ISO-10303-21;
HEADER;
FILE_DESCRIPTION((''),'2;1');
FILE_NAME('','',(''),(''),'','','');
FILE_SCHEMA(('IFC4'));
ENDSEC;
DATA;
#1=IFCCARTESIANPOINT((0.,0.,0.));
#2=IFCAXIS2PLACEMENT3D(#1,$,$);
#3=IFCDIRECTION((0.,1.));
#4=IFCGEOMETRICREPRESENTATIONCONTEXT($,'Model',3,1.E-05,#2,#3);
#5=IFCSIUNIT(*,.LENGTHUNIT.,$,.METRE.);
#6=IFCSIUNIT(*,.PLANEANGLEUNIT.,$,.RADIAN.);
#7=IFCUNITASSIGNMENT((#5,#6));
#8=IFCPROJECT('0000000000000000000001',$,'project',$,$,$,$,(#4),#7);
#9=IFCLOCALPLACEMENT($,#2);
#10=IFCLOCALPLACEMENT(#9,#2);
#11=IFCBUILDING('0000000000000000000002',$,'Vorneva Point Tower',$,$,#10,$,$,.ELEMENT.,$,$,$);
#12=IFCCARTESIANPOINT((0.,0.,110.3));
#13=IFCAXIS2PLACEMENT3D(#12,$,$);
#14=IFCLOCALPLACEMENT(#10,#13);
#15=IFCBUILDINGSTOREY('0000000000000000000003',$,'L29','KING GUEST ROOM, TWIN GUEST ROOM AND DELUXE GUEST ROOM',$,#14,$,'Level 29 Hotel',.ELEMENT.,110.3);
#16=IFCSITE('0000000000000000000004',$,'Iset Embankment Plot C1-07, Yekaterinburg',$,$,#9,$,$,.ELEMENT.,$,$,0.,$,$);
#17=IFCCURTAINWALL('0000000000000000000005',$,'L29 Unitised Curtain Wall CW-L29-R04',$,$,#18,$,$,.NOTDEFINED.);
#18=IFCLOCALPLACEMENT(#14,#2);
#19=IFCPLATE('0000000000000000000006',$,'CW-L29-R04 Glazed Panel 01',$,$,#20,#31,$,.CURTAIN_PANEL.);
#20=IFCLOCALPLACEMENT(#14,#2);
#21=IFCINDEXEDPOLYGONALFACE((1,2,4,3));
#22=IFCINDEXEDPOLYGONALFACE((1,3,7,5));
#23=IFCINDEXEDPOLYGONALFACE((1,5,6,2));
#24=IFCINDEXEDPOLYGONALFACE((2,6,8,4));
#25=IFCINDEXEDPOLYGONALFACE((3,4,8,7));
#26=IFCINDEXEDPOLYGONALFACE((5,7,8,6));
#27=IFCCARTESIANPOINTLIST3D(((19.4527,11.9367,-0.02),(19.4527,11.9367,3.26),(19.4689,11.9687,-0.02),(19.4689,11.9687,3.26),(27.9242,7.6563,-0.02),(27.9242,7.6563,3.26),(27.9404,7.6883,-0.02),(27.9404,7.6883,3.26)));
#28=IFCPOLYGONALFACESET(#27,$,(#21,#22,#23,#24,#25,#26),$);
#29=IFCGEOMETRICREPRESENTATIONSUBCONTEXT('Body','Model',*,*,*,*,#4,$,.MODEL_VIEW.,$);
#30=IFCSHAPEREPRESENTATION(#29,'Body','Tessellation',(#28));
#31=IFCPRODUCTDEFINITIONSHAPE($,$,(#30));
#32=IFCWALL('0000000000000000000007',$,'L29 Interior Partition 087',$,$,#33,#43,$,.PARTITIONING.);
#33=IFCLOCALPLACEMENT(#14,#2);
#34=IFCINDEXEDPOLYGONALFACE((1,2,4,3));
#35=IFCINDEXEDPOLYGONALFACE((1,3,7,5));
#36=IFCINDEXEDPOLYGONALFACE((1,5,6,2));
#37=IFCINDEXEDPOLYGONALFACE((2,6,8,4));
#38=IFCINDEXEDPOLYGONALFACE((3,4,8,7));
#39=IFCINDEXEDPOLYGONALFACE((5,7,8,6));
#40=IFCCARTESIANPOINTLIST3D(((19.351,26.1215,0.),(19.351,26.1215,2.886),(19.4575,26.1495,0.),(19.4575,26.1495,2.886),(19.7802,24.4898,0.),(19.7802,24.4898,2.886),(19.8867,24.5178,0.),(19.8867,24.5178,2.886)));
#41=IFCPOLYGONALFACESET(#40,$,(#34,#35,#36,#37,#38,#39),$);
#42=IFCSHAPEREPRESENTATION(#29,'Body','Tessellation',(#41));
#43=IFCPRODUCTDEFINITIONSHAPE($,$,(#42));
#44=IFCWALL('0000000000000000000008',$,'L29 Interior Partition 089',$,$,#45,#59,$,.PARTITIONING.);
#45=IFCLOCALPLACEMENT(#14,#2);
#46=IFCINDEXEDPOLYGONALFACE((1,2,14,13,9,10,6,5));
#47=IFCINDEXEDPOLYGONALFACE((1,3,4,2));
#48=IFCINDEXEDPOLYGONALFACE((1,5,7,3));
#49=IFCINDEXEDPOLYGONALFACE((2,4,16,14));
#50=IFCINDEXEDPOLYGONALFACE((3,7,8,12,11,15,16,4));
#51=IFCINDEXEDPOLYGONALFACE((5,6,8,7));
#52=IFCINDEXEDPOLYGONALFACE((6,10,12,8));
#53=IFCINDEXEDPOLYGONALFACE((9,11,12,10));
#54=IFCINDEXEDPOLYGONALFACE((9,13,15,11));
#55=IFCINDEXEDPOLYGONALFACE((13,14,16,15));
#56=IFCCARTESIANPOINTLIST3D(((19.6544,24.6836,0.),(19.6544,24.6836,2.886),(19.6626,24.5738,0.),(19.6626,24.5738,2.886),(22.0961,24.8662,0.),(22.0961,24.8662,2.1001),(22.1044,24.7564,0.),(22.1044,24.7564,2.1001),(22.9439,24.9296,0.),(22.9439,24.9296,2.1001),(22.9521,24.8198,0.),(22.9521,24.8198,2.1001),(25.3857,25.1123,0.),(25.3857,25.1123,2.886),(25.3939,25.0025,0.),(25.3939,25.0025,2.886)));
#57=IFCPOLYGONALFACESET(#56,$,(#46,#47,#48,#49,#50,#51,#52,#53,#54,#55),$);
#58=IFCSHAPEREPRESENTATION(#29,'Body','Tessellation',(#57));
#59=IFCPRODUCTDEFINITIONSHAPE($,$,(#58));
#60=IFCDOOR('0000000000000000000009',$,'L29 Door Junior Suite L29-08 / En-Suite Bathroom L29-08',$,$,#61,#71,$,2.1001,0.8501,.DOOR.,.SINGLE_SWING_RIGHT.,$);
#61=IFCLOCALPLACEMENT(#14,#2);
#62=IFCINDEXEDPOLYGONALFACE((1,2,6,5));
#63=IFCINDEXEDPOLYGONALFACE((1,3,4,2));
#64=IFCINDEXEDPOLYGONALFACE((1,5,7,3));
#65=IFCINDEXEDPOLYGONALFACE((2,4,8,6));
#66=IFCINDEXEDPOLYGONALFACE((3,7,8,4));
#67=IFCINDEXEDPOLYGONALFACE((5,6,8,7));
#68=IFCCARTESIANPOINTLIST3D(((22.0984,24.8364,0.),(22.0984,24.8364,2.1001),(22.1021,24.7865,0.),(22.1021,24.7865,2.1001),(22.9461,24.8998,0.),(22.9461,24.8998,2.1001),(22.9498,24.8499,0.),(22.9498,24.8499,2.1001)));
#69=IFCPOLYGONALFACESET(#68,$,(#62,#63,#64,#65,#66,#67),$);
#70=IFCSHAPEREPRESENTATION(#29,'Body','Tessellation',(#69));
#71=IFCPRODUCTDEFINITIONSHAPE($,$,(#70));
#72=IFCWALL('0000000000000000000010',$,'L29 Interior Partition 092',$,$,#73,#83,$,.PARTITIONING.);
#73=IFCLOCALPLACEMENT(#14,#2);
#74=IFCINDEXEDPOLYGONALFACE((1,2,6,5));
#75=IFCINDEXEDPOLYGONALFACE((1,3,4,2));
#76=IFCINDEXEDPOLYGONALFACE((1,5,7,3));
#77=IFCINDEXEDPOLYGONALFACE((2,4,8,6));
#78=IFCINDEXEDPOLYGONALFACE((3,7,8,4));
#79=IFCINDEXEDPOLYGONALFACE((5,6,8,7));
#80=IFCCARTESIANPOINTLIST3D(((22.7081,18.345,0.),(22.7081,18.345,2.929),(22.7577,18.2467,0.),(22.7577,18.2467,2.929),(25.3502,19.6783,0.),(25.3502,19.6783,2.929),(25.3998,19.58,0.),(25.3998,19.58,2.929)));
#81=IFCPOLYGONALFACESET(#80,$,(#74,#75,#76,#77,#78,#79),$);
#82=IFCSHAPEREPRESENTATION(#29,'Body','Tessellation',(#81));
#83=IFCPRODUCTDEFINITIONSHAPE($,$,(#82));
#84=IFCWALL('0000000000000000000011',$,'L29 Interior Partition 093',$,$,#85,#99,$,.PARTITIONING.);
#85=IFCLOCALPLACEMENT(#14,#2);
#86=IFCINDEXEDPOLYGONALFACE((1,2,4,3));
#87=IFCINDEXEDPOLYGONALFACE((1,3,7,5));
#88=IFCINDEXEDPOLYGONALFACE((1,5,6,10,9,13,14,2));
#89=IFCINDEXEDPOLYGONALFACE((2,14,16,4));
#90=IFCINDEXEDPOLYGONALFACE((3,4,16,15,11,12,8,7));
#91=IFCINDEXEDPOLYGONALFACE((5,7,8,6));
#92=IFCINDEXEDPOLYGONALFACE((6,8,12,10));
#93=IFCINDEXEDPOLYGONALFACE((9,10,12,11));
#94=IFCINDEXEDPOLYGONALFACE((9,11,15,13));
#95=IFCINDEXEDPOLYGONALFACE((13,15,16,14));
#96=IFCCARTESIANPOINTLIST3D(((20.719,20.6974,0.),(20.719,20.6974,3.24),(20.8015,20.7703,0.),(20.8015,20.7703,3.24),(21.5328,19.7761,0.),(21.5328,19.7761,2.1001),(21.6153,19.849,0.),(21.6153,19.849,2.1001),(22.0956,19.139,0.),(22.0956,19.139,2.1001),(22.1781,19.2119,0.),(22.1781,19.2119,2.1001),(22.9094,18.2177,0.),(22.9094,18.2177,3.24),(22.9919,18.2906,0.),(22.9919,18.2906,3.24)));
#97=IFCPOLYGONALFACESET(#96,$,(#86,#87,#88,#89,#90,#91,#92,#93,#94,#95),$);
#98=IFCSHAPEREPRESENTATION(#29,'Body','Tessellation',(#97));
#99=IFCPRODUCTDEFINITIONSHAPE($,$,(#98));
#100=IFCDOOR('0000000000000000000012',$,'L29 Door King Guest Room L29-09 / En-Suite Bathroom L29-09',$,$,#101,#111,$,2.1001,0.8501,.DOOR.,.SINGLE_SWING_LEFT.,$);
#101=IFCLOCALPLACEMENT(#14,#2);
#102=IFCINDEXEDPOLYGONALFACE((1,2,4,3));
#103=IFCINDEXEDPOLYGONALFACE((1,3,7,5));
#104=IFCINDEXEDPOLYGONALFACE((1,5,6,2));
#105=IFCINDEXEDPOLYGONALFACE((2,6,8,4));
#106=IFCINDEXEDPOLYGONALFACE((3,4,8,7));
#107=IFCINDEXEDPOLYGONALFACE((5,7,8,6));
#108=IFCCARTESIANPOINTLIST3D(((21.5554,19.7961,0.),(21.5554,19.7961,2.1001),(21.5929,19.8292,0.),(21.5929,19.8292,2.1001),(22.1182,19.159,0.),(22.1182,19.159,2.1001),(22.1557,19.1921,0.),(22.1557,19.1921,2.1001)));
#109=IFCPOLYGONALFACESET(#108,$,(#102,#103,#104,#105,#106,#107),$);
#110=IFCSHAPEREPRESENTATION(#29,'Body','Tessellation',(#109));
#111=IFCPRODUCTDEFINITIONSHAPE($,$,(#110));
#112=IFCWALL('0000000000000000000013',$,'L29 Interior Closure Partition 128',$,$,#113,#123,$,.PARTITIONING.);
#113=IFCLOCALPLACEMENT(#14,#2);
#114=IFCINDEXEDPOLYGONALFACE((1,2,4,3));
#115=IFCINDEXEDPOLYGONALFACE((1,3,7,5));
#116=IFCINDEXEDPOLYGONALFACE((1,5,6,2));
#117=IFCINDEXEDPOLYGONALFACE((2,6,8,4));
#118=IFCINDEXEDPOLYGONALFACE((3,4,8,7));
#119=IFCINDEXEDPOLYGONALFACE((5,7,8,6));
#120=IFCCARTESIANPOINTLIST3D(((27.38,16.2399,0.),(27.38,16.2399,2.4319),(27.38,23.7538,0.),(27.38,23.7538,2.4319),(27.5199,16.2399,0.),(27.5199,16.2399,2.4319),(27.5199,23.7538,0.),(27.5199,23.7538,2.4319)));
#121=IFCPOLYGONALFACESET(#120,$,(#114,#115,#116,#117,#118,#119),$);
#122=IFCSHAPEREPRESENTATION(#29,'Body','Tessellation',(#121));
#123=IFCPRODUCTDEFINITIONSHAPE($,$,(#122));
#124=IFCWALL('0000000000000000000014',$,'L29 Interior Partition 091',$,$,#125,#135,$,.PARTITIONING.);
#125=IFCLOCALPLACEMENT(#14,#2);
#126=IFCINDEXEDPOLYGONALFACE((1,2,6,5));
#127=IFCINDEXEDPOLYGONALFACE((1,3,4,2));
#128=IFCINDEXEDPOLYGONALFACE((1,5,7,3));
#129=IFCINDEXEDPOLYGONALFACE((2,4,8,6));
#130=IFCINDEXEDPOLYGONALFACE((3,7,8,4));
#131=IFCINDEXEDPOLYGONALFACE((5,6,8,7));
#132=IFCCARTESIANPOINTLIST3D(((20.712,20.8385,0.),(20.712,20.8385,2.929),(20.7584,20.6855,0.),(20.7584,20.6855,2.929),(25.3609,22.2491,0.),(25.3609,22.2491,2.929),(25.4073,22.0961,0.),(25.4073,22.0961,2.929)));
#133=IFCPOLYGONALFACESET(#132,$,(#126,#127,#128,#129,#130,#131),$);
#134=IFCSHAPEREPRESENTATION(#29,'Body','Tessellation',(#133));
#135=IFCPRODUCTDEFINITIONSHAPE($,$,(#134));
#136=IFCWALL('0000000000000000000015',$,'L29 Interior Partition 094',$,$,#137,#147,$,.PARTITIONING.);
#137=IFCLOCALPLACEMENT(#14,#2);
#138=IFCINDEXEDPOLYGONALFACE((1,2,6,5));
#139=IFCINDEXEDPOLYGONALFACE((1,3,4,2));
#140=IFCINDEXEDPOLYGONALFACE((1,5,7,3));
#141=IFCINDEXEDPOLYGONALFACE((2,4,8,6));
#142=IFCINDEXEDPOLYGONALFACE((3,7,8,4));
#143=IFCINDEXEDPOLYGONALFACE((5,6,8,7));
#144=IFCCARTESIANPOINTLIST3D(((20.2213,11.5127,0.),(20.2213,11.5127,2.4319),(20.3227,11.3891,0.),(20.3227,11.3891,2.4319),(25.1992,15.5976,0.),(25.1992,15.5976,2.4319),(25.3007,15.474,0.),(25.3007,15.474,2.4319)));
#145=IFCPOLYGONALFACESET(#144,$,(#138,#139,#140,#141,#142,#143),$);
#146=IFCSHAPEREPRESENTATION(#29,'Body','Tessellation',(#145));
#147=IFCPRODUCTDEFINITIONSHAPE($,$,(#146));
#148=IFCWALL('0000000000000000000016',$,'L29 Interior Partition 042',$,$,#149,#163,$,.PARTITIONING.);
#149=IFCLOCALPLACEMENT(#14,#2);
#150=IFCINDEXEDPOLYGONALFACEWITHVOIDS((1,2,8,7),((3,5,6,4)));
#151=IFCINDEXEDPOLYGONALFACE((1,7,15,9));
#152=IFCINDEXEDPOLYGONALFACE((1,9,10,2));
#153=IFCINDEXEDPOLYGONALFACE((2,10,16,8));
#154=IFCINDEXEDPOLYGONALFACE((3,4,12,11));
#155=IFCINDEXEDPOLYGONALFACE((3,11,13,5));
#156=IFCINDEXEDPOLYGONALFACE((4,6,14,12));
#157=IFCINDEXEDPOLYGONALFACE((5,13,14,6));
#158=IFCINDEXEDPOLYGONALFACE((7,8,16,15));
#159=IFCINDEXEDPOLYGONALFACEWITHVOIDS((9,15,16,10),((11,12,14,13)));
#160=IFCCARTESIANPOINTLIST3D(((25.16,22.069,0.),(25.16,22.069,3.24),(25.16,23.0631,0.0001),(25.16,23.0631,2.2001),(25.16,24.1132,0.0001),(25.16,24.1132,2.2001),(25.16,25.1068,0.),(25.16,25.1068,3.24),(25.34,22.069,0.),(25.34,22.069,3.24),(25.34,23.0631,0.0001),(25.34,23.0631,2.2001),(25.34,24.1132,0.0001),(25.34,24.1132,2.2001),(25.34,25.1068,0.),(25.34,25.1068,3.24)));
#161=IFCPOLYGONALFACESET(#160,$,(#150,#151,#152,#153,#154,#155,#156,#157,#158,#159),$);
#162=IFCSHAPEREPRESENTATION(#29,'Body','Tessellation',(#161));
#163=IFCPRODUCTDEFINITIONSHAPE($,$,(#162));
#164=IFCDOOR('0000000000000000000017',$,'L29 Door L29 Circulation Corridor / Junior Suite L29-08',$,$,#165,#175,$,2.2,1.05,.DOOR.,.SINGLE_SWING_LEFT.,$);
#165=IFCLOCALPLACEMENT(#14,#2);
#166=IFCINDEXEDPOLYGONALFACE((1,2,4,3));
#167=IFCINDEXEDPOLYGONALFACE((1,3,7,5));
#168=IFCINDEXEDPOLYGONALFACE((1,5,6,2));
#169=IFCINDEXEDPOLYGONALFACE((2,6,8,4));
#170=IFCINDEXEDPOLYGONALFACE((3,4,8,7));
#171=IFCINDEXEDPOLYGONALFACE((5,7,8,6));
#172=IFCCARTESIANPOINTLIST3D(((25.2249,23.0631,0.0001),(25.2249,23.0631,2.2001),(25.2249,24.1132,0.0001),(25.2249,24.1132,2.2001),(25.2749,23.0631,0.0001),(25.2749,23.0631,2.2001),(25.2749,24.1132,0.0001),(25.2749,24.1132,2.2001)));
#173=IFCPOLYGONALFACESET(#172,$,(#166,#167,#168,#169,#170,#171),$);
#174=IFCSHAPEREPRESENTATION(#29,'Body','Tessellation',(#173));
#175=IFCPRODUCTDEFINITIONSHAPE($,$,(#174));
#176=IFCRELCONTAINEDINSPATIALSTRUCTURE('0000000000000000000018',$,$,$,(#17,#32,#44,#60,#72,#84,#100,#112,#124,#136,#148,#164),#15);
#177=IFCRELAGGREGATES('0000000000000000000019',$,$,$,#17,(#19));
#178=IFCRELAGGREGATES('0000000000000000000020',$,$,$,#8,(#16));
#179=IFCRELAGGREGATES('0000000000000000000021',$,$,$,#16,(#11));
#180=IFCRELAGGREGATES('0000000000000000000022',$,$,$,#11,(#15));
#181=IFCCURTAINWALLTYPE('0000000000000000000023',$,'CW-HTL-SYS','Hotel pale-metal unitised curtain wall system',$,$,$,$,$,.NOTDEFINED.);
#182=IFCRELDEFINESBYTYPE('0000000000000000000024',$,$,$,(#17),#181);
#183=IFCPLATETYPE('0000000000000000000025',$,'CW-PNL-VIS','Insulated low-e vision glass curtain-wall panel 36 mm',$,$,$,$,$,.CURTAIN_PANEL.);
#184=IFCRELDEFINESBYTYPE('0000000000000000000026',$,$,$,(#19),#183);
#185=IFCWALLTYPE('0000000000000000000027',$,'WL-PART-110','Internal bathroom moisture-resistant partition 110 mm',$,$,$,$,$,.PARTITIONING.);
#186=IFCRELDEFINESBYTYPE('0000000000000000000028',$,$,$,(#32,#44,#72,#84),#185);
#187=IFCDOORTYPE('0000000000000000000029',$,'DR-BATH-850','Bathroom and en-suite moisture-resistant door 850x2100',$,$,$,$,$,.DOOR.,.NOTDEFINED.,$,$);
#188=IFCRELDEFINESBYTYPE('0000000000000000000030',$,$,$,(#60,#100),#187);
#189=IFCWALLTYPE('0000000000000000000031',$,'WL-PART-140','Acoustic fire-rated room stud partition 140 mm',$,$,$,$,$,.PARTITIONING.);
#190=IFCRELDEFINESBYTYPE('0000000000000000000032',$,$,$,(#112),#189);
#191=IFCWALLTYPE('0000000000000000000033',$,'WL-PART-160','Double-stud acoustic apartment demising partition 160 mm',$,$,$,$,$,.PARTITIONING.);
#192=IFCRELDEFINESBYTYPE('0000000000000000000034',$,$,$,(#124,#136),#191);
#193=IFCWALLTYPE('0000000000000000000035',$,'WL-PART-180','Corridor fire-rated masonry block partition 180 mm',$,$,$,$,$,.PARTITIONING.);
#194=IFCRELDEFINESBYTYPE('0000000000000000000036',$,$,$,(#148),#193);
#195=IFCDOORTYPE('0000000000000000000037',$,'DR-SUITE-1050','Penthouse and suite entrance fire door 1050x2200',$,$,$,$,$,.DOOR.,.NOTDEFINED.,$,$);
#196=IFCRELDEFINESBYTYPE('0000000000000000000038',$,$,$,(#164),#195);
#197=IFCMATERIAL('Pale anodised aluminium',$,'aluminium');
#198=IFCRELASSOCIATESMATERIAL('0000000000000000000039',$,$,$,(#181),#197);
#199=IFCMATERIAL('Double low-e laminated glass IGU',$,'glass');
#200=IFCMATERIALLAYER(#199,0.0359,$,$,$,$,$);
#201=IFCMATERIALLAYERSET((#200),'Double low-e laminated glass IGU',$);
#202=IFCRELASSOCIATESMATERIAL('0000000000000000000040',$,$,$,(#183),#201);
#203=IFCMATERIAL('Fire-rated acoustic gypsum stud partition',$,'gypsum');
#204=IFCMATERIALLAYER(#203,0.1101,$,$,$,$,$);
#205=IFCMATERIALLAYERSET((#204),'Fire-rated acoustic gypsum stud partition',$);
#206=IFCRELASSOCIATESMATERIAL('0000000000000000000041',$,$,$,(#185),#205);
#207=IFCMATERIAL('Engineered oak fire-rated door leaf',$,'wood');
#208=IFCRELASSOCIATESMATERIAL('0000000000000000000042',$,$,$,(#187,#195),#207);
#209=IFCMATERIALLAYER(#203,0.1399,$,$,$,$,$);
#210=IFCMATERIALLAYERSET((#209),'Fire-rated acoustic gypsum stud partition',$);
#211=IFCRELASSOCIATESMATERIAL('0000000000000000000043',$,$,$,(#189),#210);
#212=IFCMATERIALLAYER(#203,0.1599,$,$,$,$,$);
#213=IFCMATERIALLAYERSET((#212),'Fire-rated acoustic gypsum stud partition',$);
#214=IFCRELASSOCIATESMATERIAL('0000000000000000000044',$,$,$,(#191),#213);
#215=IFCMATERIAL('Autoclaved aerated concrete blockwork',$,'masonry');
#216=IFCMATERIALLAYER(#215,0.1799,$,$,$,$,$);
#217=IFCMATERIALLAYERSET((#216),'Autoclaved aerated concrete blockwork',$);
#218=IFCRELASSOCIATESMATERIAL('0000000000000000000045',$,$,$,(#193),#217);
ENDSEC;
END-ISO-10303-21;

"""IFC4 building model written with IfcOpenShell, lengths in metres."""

from ifc_helpers import new_model, si_unit, direction, frame, frame_2d, origin, origin_2d, place, context, subcontext, project, spatial, rectangle, extrude, material, layer, layer_set, type_object, element, fill, aggregate, save


model = new_model("IFC4")

# Units and contexts
model_context = context("Model", 3, precision=1e-05, world=origin(), true_north=direction((0.0, 1.0)))
body_context = subcontext(model_context, "Body", "Model", "MODEL_VIEW")
ifc_project = project(units=[si_unit("LENGTHUNIT", "METRE"), si_unit("PLANEANGLEUNIT", "RADIAN")], contexts=[model_context])

# Site, building, storey
site_placement = place(None, origin())
site = spatial("IfcSite", under=ifc_project, at=site_placement, Name="Iset Embankment Plot C1-07, Yekaterinburg", CompositionType="ELEMENT", RefElevation=0.0)
building_placement = place(site_placement, origin())
building = spatial("IfcBuilding", under=site, at=building_placement, Name="Vorneva Point Tower", CompositionType="ELEMENT")
storey_placement = place(building_placement, frame((0.0, 0.0, 110.3)))
storey = spatial("IfcBuildingStorey", under=building, at=storey_placement, Name="L29", Description="KING GUEST ROOM, TWIN GUEST ROOM AND DELUXE GUEST ROOM", LongName="Level 29 Hotel", CompositionType="ELEMENT", Elevation=110.3)

# Curtain wall, plate
ifc_material_1 = material(Name="Pale anodised aluminium", Category="aluminium")
curtain_wall_type = type_object("IfcCurtainWallType", Name="CW-HTL-SYS", Description="Hotel pale-metal unitised curtain wall system", PredefinedType="NOTDEFINED", material=ifc_material_1)
curtain_wall_placement = place(storey_placement, origin())
curtain_wall = element("IfcCurtainWall", 1, at=curtain_wall_placement, inside=storey, type_object=curtain_wall_type, Name="L29 Unitised Curtain Wall CW-L29-R04", PredefinedType="NOTDEFINED")
ifc_material_2 = material(Name="Double low-e laminated glass IGU", Category="glass")
ifc_layer_1 = layer(ifc_material_2, 0.0359)
ifc_layer_set_1 = layer_set([ifc_layer_1], Name="Double low-e laminated glass IGU")
plate_type = type_object("IfcPlateType", Name="CW-PNL-VIS", Description="Insulated low-e vision glass curtain-wall panel 36 mm", PredefinedType="CURTAIN_PANEL", material=ifc_layer_set_1)
plate_placement = place(storey_placement, frame((23.6965, 9.8125, -0.02), z_axis=(0.0, 0.0, 1.0), x_axis=(0.892539, -0.450971, 0.0)))
plate = element("IfcPlate", 2, at=plate_placement, type_object=plate_type, Name="CW-L29-R04 Glazed Panel 01", PredefinedType="CURTAIN_PANEL", context=body_context, shape_type="SweptSolid", body=[
    extrude(rectangle(XDim=9.4915, YDim=0.0359, at=origin_2d()), origin(), (0.0, 0.0, 1.0), 3.28),
])
aggregate(curtain_wall, [plate])

# Wall
ifc_material_3 = material(Name="Fire-rated acoustic gypsum stud partition", Category="gypsum")
ifc_layer_2 = layer(ifc_material_3, 0.1101)
ifc_layer_set_2 = layer_set([ifc_layer_2], Name="Fire-rated acoustic gypsum stud partition")
wall_type_1 = type_object("IfcWallType", Name="WL-PART-110", Description="Internal bathroom moisture-resistant partition 110 mm", PredefinedType="PARTITIONING", material=ifc_layer_set_2)
wall_1_placement = place(storey_placement, frame((19.8335, 24.5037, 0.0), z_axis=(0.0, 0.0, 1.0), x_axis=(-0.254365, 0.967108, 0.0)))
element("IfcWall", 3, at=wall_1_placement, inside=storey, type_object=wall_type_1, Name="L29 Interior Partition 087", PredefinedType="PARTITIONING", context=body_context, shape_type="SweptSolid", body=[
    extrude(rectangle(XDim=1.6873, YDim=0.1101, at=frame_2d((0.8438, 0.0))), origin(), (0.0, 0.0, 1.0), 2.886),
])

# Wall, opening, door
wall_2_placement = place(storey_placement, frame((25.3896, 25.0574, 0.0), z_axis=(0.0, 0.0, 1.0), x_axis=(-0.997214, -0.074595, 0.0)))
wall_2 = element("IfcWall", 4, at=wall_2_placement, inside=storey, type_object=wall_type_1, Name="L29 Interior Partition 089", PredefinedType="PARTITIONING", context=body_context, shape_type="SweptSolid", body=[
    extrude(rectangle(XDim=5.7473, YDim=0.1101, at=frame_2d((2.8735, 0.0))), origin(), (0.0, 0.0, 1.0), 2.886),
])
opening_1_placement = place(wall_2_placement, frame((2.4485, 0.0, 0.0)))
opening_1 = element("IfcOpeningElement", 5, at=opening_1_placement, cuts=wall_2, PredefinedType="OPENING", context=body_context, shape_type="SweptSolid", body=[
    extrude(rectangle(XDim=0.8501, YDim=2.1001, at=frame_2d((0.425, 1.05))), frame((0.0, 0.0698, 0.0), z_axis=(0.0, -1.0, 0.0), x_axis=(1.0, 0.0, 0.0)), (0.0, 0.0, 1.0), 0.1399),
])
ifc_material_4 = material(Name="Engineered oak fire-rated door leaf", Category="wood")
door_type_1 = type_object("IfcDoorType", Name="DR-BATH-850", Description="Bathroom and en-suite moisture-resistant door 850x2100", OperationType="NOTDEFINED", PredefinedType="DOOR", material=ifc_material_4)
door_1_placement = place(opening_1_placement, origin())
door_1 = element("IfcDoor", 6, at=door_1_placement, inside=storey, type_object=door_type_1, Name="L29 Door Junior Suite L29-08 / En-Suite Bathroom L29-08", OperationType="SINGLE_SWING_RIGHT", OverallHeight=2.1001, OverallWidth=0.8501, PredefinedType="DOOR", context=body_context, shape_type="SweptSolid", body=[
    extrude(rectangle(XDim=0.8501, YDim=2.1001, at=frame_2d((0.425, 1.05))), frame((0.0, 0.0249, 0.0), z_axis=(0.0, -1.0, 0.0), x_axis=(1.0, 0.0, 0.0)), (0.0, 0.0, 1.0), 0.05),
])
fill(opening_1, door_1)

# Wall
wall_3_placement = place(storey_placement, frame((25.375, 19.6292, 0.0), z_axis=(0.0, 0.0, 1.0), x_axis=(-0.892771, -0.45051, 0.0)))
element("IfcWall", 7, at=wall_3_placement, inside=storey, type_object=wall_type_1, Name="L29 Interior Partition 092", PredefinedType="PARTITIONING", context=body_context, shape_type="SweptSolid", body=[
    extrude(rectangle(XDim=2.9595, YDim=0.1101, at=frame_2d((1.4797, 0.0))), origin(), (0.0, 0.0, 1.0), 2.929),
])

# Wall, opening, door
wall_4_placement = place(storey_placement, frame((22.9507, 18.2542, 0.0), z_axis=(0.0, 0.0, 1.0), x_axis=(-0.662034, 0.749474, 0.0)))
wall_4 = element("IfcWall", 8, at=wall_4_placement, inside=storey, type_object=wall_type_1, Name="L29 Interior Partition 093", PredefinedType="PARTITIONING", context=body_context, shape_type="SweptSolid", body=[
    extrude(rectangle(XDim=3.3086, YDim=0.1101, at=frame_2d((1.6543, 0.0))), origin(), (0.0, 0.0, 1.0), 3.24),
])
opening_2_placement = place(wall_4_placement, frame((1.2292, 0.0, 0.0)))
opening_2 = element("IfcOpeningElement", 9, at=opening_2_placement, cuts=wall_4, PredefinedType="OPENING", context=body_context, shape_type="SweptSolid", body=[
    extrude(rectangle(XDim=0.8501, YDim=2.1001, at=frame_2d((0.425, 1.05))), frame((0.0, 0.0698, 0.0), z_axis=(0.0, -1.0, 0.0), x_axis=(1.0, 0.0, 0.0)), (0.0, 0.0, 1.0), 0.1399),
])
door_2_placement = place(opening_2_placement, origin())
door_2 = element("IfcDoor", 10, at=door_2_placement, inside=storey, type_object=door_type_1, Name="L29 Door King Guest Room L29-09 / En-Suite Bathroom L29-09", OperationType="SINGLE_SWING_LEFT", OverallHeight=2.1001, OverallWidth=0.8501, PredefinedType="DOOR", context=body_context, shape_type="SweptSolid", body=[
    extrude(rectangle(XDim=0.8501, YDim=2.1001, at=frame_2d((0.425, 1.05))), frame((0.0, 0.0249, 0.0), z_axis=(0.0, -1.0, 0.0), x_axis=(1.0, 0.0, 0.0)), (0.0, 0.0, 1.0), 0.05),
])
fill(opening_2, door_2)

# Walls
ifc_layer_3 = layer(ifc_material_3, 0.1399)
ifc_layer_set_3 = layer_set([ifc_layer_3], Name="Fire-rated acoustic gypsum stud partition")
wall_type_2 = type_object("IfcWallType", Name="WL-PART-140", Description="Acoustic fire-rated room stud partition 140 mm", PredefinedType="PARTITIONING", material=ifc_layer_set_3)
wall_5_placement = place(storey_placement, frame((27.45, 16.24, 0.0), z_axis=(0.0, 0.0, 1.0), x_axis=(0.0, 1.0, 0.0)))
element("IfcWall", 11, at=wall_5_placement, inside=storey, type_object=wall_type_2, Name="L29 Interior Closure Partition 128", PredefinedType="PARTITIONING", context=body_context, shape_type="SweptSolid", body=[
    extrude(rectangle(XDim=7.5139, YDim=0.1399, at=frame_2d((3.7568, 0.0))), origin(), (0.0, 0.0, 1.0), 2.4319),
])
ifc_layer_4 = layer(ifc_material_3, 0.1599)
ifc_layer_set_4 = layer_set([ifc_layer_4], Name="Fire-rated acoustic gypsum stud partition")
wall_type_3 = type_object("IfcWallType", Name="WL-PART-160", Description="Double-stud acoustic apartment demising partition 160 mm", PredefinedType="PARTITIONING", material=ifc_layer_set_4)
wall_6_placement = place(storey_placement, frame((20.7351, 20.762, 0.0), z_axis=(0.0, 0.0, 1.0), x_axis=(0.956917, 0.290362, 0.0)))
element("IfcWall", 12, at=wall_6_placement, inside=storey, type_object=wall_type_3, Name="L29 Interior Partition 091", PredefinedType="PARTITIONING", context=body_context, shape_type="SweptSolid", body=[
    extrude(rectangle(XDim=4.8582, YDim=0.1599, at=frame_2d((2.4292, 0.0))), origin(), (0.0, 0.0, 1.0), 2.929),
])
wall_7_placement = place(storey_placement, frame((20.272, 11.4509, 0.0), z_axis=(0.0, 0.0, 1.0), x_axis=(0.773041, 0.634356, 0.0)))
element("IfcWall", 13, at=wall_7_placement, inside=storey, type_object=wall_type_3, Name="L29 Interior Partition 094", PredefinedType="PARTITIONING", context=body_context, shape_type="SweptSolid", body=[
    extrude(rectangle(XDim=6.4395, YDim=0.1599, at=frame_2d((3.2197, 0.0))), origin(), (0.0, 0.0, 1.0), 2.4319),
])

# Wall, opening, door
ifc_material_5 = material(Name="Autoclaved aerated concrete blockwork", Category="masonry")
ifc_layer_5 = layer(ifc_material_5, 0.1799)
ifc_layer_set_5 = layer_set([ifc_layer_5], Name="Autoclaved aerated concrete blockwork")
wall_type_4 = type_object("IfcWallType", Name="WL-PART-180", Description="Corridor fire-rated masonry block partition 180 mm", PredefinedType="PARTITIONING", material=ifc_layer_set_5)
wall_8_placement = place(storey_placement, frame((25.25, 25.1069, 0.0), z_axis=(0.0, 0.0, 1.0), x_axis=(0.0, -1.0, 0.0)))
wall_8 = element("IfcWall", 14, at=wall_8_placement, inside=storey, type_object=wall_type_4, Name="L29 Interior Partition 042", PredefinedType="PARTITIONING", context=body_context, shape_type="SweptSolid", body=[
    extrude(rectangle(XDim=3.0378, YDim=0.1799, at=frame_2d((1.519, 0.0))), origin(), (0.0, 0.0, 1.0), 3.24),
])
opening_3_placement = place(wall_8_placement, frame((0.9939, 0.0, 0.0)))
opening_3 = element("IfcOpeningElement", 15, at=opening_3_placement, cuts=wall_8, PredefinedType="OPENING", context=body_context, shape_type="SweptSolid", body=[
    extrude(rectangle(XDim=1.05, YDim=2.2, at=frame_2d((0.5249, 1.1001))), frame((0.0, 0.105, 0.0), z_axis=(0.0, -1.0, 0.0), x_axis=(1.0, 0.0, 0.0)), (0.0, 0.0, 1.0), 0.2097),
])
door_type_2 = type_object("IfcDoorType", Name="DR-SUITE-1050", Description="Penthouse and suite entrance fire door 1050x2200", OperationType="NOTDEFINED", PredefinedType="DOOR", material=ifc_material_4)
door_3_placement = place(opening_3_placement, origin())
door_3 = element("IfcDoor", 16, at=door_3_placement, inside=storey, type_object=door_type_2, Name="L29 Door L29 Circulation Corridor / Junior Suite L29-08", OperationType="SINGLE_SWING_LEFT", OverallHeight=2.2, OverallWidth=1.05, PredefinedType="DOOR", context=body_context, shape_type="SweptSolid", body=[
    extrude(rectangle(XDim=1.05, YDim=2.2, at=frame_2d((0.5249, 1.1001))), frame((0.0, 0.0249, 0.0), z_axis=(0.0, -1.0, 0.0), x_axis=(1.0, 0.0, 0.0)), (0.0, 0.0, 1.0), 0.05),
])
fill(opening_3, door_3)

save(model, "model.ifc")
